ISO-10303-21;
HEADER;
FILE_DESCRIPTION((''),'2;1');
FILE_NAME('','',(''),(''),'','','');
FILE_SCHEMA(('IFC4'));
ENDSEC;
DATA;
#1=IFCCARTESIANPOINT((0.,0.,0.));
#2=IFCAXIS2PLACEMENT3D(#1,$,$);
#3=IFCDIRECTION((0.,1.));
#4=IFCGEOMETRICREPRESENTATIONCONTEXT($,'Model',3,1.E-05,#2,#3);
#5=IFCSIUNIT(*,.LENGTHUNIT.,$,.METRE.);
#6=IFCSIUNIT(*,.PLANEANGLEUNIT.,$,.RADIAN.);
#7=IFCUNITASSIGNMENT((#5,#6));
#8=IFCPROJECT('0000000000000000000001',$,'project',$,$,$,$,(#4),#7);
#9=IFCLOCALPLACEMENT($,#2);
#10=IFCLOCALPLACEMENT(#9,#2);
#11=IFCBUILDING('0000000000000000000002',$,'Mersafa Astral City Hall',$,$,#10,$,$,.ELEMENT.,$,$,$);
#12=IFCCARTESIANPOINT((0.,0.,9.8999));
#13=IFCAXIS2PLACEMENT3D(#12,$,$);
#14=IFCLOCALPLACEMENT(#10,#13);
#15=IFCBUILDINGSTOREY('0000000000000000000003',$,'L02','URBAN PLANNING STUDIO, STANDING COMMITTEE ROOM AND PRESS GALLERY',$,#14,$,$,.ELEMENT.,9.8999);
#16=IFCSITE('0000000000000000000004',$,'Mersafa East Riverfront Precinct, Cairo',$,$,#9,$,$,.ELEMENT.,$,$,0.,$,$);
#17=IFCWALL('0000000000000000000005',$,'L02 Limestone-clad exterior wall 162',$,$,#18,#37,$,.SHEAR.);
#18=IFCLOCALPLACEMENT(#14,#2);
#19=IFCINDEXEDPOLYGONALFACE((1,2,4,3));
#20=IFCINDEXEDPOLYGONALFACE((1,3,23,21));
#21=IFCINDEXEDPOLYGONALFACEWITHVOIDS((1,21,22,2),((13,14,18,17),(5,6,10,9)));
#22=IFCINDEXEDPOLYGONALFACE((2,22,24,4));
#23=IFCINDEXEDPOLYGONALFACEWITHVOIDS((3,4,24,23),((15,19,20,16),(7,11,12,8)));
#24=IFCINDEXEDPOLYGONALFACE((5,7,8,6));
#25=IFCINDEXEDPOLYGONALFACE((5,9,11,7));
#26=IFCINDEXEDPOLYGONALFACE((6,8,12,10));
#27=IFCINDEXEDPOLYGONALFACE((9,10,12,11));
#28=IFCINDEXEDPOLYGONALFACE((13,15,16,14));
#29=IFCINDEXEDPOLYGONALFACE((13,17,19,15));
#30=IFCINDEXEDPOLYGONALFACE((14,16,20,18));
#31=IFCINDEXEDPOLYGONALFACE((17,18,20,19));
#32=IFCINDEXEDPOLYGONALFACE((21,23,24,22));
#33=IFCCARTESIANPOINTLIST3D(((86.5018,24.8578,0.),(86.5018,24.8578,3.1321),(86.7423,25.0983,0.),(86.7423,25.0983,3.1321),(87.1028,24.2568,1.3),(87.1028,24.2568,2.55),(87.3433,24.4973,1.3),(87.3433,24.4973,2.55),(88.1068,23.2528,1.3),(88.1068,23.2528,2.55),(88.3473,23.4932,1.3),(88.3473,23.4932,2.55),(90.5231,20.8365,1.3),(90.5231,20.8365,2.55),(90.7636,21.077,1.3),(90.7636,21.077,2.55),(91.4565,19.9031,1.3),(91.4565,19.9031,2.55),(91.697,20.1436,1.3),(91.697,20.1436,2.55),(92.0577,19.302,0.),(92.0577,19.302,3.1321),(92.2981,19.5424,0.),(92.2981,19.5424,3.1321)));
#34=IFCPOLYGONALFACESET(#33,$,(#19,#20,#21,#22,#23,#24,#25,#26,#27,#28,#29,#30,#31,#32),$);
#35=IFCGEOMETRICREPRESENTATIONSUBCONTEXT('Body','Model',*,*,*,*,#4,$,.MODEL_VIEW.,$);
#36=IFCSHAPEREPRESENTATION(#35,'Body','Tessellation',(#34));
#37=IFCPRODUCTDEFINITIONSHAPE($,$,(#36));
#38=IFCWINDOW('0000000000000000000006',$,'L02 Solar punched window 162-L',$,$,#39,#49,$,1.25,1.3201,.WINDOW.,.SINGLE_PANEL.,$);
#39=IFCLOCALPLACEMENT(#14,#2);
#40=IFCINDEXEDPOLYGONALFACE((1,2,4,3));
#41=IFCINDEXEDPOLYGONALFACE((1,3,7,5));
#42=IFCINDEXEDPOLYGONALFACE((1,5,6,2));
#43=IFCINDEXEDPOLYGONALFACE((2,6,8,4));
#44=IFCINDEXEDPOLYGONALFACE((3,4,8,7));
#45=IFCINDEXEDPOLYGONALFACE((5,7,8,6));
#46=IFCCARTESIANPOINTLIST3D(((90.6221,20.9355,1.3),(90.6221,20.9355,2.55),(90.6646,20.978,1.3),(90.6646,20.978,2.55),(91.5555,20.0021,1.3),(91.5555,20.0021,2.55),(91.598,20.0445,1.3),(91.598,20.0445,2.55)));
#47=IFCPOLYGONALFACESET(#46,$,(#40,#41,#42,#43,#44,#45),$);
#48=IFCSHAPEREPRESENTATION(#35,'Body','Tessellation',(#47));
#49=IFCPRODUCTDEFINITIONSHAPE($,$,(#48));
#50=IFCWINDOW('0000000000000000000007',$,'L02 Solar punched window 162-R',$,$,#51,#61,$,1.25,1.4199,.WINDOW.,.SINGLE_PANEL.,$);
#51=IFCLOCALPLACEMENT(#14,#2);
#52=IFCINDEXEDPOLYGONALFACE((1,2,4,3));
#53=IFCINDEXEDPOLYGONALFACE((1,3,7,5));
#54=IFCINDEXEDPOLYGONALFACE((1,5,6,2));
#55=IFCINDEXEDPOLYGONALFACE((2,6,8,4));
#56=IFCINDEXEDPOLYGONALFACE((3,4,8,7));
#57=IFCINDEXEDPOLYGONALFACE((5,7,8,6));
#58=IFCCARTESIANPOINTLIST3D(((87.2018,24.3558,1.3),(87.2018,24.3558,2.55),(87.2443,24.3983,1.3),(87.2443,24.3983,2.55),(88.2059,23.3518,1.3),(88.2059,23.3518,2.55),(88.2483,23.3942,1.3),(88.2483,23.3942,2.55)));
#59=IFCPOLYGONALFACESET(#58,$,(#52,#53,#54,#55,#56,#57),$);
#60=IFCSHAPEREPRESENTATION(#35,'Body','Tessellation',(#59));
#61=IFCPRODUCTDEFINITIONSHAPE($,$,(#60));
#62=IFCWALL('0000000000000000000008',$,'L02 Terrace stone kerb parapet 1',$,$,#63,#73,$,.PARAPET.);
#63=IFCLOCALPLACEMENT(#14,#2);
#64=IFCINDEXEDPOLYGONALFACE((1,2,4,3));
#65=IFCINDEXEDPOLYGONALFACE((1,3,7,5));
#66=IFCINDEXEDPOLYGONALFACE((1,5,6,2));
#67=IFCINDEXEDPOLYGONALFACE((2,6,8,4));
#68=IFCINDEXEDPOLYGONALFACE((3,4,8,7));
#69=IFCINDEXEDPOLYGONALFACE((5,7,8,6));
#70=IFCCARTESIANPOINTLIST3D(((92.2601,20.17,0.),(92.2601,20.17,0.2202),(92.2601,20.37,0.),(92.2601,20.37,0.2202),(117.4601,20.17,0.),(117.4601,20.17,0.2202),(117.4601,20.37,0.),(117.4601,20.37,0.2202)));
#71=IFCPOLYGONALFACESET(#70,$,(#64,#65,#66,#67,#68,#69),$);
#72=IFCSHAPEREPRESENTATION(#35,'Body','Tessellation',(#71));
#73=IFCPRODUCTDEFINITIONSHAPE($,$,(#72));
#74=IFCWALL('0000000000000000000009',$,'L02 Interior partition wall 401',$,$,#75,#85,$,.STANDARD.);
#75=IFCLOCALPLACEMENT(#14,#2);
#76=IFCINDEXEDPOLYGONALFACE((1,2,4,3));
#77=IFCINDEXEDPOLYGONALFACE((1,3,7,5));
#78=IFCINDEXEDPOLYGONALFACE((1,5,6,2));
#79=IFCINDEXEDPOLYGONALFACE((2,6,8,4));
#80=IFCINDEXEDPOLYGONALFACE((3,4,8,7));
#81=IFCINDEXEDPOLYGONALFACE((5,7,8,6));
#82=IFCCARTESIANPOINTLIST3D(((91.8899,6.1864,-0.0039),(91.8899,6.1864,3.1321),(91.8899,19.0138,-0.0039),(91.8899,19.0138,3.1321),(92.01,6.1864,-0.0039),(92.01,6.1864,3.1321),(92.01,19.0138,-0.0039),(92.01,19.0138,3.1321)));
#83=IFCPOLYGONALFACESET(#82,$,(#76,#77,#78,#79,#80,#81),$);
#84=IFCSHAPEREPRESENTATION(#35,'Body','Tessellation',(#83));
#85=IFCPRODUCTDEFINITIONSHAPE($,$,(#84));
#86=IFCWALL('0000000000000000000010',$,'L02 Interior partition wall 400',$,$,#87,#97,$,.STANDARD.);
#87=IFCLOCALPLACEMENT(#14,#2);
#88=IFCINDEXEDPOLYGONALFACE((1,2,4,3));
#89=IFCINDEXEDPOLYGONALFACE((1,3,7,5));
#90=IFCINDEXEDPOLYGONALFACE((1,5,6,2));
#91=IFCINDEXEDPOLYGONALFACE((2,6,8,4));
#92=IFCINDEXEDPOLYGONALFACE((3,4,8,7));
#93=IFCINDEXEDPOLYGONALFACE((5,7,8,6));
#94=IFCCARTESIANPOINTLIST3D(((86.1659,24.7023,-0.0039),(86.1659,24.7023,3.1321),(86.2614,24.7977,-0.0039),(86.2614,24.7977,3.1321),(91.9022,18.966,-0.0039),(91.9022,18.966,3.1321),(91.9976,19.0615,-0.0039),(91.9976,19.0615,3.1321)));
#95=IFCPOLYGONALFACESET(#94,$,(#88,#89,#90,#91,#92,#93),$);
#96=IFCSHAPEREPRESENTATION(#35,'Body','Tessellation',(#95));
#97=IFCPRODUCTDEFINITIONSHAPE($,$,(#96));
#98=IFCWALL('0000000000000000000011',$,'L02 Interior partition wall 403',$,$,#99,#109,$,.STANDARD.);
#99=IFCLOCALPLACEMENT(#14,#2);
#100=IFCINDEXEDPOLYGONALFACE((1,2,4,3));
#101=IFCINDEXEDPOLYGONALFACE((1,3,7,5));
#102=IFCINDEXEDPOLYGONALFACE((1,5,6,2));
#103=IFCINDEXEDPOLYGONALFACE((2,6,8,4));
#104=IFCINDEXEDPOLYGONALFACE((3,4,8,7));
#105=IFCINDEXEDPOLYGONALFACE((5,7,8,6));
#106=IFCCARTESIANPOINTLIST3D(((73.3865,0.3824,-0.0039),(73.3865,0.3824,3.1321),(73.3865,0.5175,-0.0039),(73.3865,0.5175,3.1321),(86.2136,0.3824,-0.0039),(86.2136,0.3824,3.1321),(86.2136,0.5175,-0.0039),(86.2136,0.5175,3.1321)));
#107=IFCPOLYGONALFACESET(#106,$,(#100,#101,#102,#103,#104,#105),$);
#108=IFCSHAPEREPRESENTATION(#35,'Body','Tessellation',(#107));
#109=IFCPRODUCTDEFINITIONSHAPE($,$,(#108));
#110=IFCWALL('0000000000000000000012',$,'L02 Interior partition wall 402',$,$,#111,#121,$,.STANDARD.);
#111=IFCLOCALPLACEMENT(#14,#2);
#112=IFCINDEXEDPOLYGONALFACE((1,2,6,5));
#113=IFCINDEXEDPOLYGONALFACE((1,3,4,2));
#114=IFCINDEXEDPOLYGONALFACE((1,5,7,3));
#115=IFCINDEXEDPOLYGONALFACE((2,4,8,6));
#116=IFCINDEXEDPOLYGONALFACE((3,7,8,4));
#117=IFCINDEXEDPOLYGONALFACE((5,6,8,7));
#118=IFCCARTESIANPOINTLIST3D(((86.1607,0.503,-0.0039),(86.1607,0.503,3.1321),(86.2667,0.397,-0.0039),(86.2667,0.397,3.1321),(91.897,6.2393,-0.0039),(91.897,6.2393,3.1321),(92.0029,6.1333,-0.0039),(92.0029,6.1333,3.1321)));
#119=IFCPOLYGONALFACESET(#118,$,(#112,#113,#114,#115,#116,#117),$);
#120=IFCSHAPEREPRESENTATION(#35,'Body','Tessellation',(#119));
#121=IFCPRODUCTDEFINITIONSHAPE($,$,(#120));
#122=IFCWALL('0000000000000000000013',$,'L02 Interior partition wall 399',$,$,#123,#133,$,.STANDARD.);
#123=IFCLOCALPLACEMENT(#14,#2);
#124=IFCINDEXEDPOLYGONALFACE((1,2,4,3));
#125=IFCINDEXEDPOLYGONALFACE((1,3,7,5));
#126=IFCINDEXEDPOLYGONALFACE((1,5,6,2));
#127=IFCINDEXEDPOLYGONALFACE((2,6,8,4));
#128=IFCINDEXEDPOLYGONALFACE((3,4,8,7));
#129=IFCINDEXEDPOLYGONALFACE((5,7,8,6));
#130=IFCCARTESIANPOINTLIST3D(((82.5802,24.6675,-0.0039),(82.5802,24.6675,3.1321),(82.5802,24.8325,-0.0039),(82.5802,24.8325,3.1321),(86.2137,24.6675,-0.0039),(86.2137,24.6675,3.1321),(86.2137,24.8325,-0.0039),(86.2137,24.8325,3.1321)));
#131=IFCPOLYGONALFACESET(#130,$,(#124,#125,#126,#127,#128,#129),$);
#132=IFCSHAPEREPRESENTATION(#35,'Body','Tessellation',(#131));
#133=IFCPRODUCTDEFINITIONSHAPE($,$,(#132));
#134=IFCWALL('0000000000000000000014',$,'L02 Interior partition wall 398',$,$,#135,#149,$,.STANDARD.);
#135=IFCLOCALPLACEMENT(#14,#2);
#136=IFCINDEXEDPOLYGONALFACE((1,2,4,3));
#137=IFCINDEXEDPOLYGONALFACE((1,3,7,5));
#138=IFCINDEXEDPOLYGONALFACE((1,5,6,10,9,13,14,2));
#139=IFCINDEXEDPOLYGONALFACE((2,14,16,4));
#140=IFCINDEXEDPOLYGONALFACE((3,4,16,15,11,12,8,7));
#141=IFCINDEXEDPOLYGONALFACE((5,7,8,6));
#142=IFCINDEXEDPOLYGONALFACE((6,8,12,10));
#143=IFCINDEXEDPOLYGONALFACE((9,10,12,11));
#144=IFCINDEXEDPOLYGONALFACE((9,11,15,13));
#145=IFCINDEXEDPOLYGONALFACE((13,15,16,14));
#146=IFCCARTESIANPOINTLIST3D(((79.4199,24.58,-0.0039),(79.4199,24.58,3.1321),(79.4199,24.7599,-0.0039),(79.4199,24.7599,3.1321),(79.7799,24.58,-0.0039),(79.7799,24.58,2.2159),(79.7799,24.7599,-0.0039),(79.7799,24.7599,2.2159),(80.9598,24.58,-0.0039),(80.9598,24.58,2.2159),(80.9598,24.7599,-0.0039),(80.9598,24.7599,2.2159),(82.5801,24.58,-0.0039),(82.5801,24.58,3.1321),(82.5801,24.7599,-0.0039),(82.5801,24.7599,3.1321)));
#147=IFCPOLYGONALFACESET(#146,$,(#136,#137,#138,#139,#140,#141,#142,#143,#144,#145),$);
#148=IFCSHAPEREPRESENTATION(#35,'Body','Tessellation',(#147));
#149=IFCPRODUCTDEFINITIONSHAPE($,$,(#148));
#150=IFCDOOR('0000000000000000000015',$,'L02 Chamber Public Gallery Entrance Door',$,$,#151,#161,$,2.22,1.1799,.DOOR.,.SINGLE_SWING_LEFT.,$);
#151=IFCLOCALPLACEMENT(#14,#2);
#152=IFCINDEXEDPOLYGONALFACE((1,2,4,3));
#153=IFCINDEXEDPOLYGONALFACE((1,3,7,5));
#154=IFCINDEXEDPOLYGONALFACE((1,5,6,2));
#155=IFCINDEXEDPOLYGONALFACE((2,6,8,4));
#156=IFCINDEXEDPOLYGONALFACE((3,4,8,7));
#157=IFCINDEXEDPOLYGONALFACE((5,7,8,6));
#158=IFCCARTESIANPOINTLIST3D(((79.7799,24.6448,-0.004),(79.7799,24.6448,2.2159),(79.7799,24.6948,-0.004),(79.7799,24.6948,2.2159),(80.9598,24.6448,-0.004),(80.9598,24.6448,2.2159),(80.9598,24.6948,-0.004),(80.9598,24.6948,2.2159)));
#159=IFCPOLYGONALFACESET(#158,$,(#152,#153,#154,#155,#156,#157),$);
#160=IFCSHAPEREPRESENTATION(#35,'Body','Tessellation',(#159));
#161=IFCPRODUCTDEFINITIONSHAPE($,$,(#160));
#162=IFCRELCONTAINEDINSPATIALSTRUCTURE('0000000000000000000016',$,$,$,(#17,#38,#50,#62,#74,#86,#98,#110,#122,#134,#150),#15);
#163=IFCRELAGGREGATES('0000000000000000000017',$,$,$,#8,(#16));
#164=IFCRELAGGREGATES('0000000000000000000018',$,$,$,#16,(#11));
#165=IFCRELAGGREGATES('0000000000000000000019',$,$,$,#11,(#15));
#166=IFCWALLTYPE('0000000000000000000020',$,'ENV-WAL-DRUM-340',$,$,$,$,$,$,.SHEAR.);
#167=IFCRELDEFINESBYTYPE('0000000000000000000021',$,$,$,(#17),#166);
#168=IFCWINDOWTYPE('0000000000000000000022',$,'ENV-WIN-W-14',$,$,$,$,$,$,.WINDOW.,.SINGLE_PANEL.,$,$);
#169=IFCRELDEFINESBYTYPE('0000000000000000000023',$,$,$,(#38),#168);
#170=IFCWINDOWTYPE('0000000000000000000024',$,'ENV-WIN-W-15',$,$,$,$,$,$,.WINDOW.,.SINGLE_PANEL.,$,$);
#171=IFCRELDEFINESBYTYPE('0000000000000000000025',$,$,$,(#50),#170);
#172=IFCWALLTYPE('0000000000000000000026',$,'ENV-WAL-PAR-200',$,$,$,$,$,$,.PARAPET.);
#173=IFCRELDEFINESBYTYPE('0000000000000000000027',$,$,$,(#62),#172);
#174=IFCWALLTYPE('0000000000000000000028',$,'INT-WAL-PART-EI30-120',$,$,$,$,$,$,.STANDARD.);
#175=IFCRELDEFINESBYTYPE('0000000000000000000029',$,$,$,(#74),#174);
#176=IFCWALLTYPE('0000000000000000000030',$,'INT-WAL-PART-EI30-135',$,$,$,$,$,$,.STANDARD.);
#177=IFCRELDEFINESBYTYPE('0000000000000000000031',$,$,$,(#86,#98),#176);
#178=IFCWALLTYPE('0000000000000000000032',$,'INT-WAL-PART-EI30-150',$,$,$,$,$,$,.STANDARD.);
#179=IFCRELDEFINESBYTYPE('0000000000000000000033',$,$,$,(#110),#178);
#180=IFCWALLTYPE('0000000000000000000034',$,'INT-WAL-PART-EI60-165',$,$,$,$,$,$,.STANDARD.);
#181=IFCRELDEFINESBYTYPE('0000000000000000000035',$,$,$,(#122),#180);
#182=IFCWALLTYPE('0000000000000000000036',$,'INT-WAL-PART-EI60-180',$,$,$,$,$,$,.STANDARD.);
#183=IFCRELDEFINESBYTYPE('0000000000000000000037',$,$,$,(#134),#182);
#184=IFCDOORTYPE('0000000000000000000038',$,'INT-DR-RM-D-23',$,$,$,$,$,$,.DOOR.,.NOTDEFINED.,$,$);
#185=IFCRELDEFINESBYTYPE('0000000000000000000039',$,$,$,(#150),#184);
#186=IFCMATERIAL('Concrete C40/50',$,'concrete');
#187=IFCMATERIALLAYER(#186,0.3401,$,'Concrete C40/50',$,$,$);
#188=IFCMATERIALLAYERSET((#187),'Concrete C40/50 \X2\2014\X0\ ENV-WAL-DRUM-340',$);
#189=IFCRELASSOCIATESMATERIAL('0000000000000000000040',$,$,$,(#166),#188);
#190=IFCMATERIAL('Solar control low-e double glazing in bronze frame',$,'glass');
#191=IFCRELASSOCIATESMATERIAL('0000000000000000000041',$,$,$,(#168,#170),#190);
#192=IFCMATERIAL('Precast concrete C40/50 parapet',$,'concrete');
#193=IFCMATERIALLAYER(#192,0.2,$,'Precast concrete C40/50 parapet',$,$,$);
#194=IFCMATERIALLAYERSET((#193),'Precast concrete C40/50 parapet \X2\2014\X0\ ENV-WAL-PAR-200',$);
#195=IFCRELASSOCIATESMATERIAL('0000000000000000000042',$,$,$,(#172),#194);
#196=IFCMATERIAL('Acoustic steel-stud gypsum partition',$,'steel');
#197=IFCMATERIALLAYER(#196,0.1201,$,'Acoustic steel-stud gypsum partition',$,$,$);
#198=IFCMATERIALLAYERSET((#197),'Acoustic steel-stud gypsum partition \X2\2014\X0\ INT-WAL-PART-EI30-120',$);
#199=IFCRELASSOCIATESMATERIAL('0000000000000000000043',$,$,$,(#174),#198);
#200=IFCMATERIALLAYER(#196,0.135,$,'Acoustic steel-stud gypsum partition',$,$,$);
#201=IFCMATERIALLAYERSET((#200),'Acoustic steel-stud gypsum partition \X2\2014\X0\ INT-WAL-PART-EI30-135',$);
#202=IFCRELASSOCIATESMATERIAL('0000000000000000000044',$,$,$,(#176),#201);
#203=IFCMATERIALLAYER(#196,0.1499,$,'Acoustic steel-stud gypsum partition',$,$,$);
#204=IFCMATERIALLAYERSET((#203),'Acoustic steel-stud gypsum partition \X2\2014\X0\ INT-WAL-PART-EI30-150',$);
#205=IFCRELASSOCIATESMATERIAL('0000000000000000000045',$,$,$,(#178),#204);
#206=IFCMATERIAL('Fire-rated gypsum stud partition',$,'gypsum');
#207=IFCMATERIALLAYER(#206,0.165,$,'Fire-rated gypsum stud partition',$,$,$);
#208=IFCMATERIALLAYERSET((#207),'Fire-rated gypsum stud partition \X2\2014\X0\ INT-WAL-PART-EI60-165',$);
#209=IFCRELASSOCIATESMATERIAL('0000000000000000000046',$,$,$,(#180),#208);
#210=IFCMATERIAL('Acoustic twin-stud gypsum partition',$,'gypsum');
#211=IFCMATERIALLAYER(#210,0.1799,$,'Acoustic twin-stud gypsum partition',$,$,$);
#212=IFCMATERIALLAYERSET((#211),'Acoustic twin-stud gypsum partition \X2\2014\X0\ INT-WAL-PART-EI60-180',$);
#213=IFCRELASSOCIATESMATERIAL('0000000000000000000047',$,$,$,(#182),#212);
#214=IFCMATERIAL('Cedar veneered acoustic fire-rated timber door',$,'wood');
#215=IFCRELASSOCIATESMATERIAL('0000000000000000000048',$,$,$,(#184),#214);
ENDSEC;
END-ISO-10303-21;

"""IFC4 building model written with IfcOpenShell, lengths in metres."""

from ifc_helpers import new_model, si_unit, direction, frame, frame_2d, origin, place, context, subcontext, project, spatial, rectangle, extrude, material, layer, layer_set, type_object, element, fill, save


model = new_model("IFC4")

# Units and contexts
model_context = context("Model", 3, precision=1e-05, world=origin(), true_north=direction((0.0, 1.0)))
body_context = subcontext(model_context, "Body", "Model", "MODEL_VIEW")
ifc_project = project(units=[si_unit("LENGTHUNIT", "METRE"), si_unit("PLANEANGLEUNIT", "RADIAN")], contexts=[model_context])

# Site, building, storey
site_placement = place(None, origin())
site = spatial("IfcSite", under=ifc_project, at=site_placement, Name="Mersafa East Riverfront Precinct, Cairo", CompositionType="ELEMENT", RefElevation=0.0)
building_placement = place(site_placement, origin())
building = spatial("IfcBuilding", under=site, at=building_placement, Name="Mersafa Astral City Hall", CompositionType="ELEMENT")
storey_placement = place(building_placement, frame((0.0, 0.0, 9.8999)))
storey = spatial("IfcBuildingStorey", under=building, at=storey_placement, Name="L02", Description="URBAN PLANNING STUDIO, STANDING COMMITTEE ROOM AND PRESS GALLERY", CompositionType="ELEMENT", Elevation=9.8999)

# Shared definitions
ifc_material_1 = material(Name="Concrete C40/50", Category="concrete")

# Shared definitions
ifc_layer_1 = layer(ifc_material_1, 0.3401, Name="Concrete C40/50")
ifc_layer_set_1 = layer_set([ifc_layer_1], Name="Concrete C40/50 — ENV-WAL-DRUM-340")
wall_type_1 = type_object("IfcWallType", Name="ENV-WAL-DRUM-340", PredefinedType="SHEAR", material=ifc_layer_set_1)

# Wall, openings, windows
ifc_material_2 = material(Name="Solar control low-e double glazing in bronze frame", Category="glass")
wall_1_placement = place(storey_placement, frame((92.178, 19.4221, 0.0), z_axis=(0.0, 0.0, 1.0), x_axis=(-0.707107, 0.707107, 0.0)))
wall_1 = element("IfcWall", 1, at=wall_1_placement, inside=storey, type_object=wall_type_1, Name="L02 Limestone-clad exterior wall 162", PredefinedType="SHEAR", context=body_context, shape_type="SweptSolid", body=[
    extrude(rectangle(XDim=7.8572, YDim=0.3401, at=frame_2d((3.9287, 0.0))), origin(), (0.0, 0.0, 1.0), 3.1321),
])
opening_1_placement = place(wall_1_placement, frame((0.8501, 0.0, 1.3)))
opening_1 = element("IfcOpeningElement", 2, at=opening_1_placement, cuts=wall_1, PredefinedType="OPENING", context=body_context, shape_type="SweptSolid", body=[
    extrude(rectangle(XDim=1.3201, YDim=1.25, at=frame_2d((0.6602, 0.625))), frame((0.0, 0.1799, 0.0), z_axis=(0.0, -1.0, 0.0), x_axis=(1.0, 0.0, 0.0)), (0.0, 0.0, 1.0), 0.3601),
])
opening_2_placement = place(wall_1_placement, frame((5.5874, 0.0, 1.3)))
opening_2 = element("IfcOpeningElement", 3, at=opening_2_placement, cuts=wall_1, PredefinedType="OPENING", context=body_context, shape_type="SweptSolid", body=[
    extrude(rectangle(XDim=1.4199, YDim=1.25, at=frame_2d((0.71, 0.625))), frame((0.0, 0.1799, 0.0), z_axis=(0.0, -1.0, 0.0), x_axis=(1.0, 0.0, 0.0)), (0.0, 0.0, 1.0), 0.3601),
])
window_type_1 = type_object("IfcWindowType", Name="ENV-WIN-W-14", PartitioningType="SINGLE_PANEL", PredefinedType="WINDOW", material=ifc_material_2)
window_1_placement = place(opening_1_placement, origin())
window_1 = element("IfcWindow", 4, at=window_1_placement, inside=storey, type_object=window_type_1, Name="L02 Solar punched window 162-L", OverallHeight=1.25, OverallWidth=1.3201, PartitioningType="SINGLE_PANEL", PredefinedType="WINDOW", context=body_context, shape_type="SweptSolid", body=[
    extrude(rectangle(XDim=1.3201, YDim=1.25, at=frame_2d((0.6602, 0.625))), frame((0.0, 0.03, 0.0), z_axis=(0.0, -1.0, 0.0), x_axis=(1.0, 0.0, 0.0)), (0.0, 0.0, 1.0), 0.0601),
])
fill(opening_1, window_1)
window_type_2 = type_object("IfcWindowType", Name="ENV-WIN-W-15", PartitioningType="SINGLE_PANEL", PredefinedType="WINDOW", material=ifc_material_2)
window_2_placement = place(opening_2_placement, origin())
window_2 = element("IfcWindow", 5, at=window_2_placement, inside=storey, type_object=window_type_2, Name="L02 Solar punched window 162-R", OverallHeight=1.25, OverallWidth=1.4199, PartitioningType="SINGLE_PANEL", PredefinedType="WINDOW", context=body_context, shape_type="SweptSolid", body=[
    extrude(rectangle(XDim=1.4199, YDim=1.25, at=frame_2d((0.71, 0.625))), frame((0.0, 0.03, 0.0), z_axis=(0.0, -1.0, 0.0), x_axis=(1.0, 0.0, 0.0)), (0.0, 0.0, 1.0), 0.0601),
])
fill(opening_2, window_2)

# Walls
ifc_material_3 = material(Name="Precast concrete C40/50 parapet", Category="concrete")
ifc_layer_2 = layer(ifc_material_3, 0.2, Name="Precast concrete C40/50 parapet")
ifc_layer_set_2 = layer_set([ifc_layer_2], Name="Precast concrete C40/50 parapet — ENV-WAL-PAR-200")
wall_type_2 = type_object("IfcWallType", Name="ENV-WAL-PAR-200", PredefinedType="PARAPET", material=ifc_layer_set_2)
wall_2_placement = place(storey_placement, frame((92.26, 20.27, 0.0), z_axis=(0.0, 0.0, 1.0), x_axis=(1.0, 0.0, 0.0)))
element("IfcWall", 6, at=wall_2_placement, inside=storey, type_object=wall_type_2, Name="L02 Terrace stone kerb parapet 1", PredefinedType="PARAPET", context=body_context, shape_type="SweptSolid", body=[
    extrude(rectangle(XDim=25.2, YDim=0.2, at=frame_2d((12.6001, 0.0))), origin(), (0.0, 0.0, 1.0), 0.2202),
])
ifc_material_4 = material(Name="Acoustic steel-stud gypsum partition", Category="steel")
ifc_layer_3 = layer(ifc_material_4, 0.1201, Name="Acoustic steel-stud gypsum partition")
ifc_layer_set_3 = layer_set([ifc_layer_3], Name="Acoustic steel-stud gypsum partition — INT-WAL-PART-EI30-120")
wall_type_3 = type_object("IfcWallType", Name="INT-WAL-PART-EI30-120", PredefinedType="STANDARD", material=ifc_layer_set_3)
wall_3_placement = place(storey_placement, frame((91.95, 19.0137, -0.0039), z_axis=(0.0, 0.0, 1.0), x_axis=(0.0, -1.0, 0.0)))
element("IfcWall", 7, at=wall_3_placement, inside=storey, type_object=wall_type_3, Name="L02 Interior partition wall 401", PredefinedType="STANDARD", context=body_context, shape_type="SweptSolid", body=[
    extrude(rectangle(XDim=12.8274, YDim=0.1201, at=frame_2d((6.4136, 0.0))), origin(), (0.0, 0.0, 1.0), 3.136),
])
ifc_layer_4 = layer(ifc_material_4, 0.135, Name="Acoustic steel-stud gypsum partition")
ifc_layer_set_4 = layer_set([ifc_layer_4], Name="Acoustic steel-stud gypsum partition — INT-WAL-PART-EI30-135")
wall_type_4 = type_object("IfcWallType", Name="INT-WAL-PART-EI30-135", PredefinedType="STANDARD", material=ifc_layer_set_4)
wall_4_placement = place(storey_placement, frame((86.2136, 24.75, -0.0039), z_axis=(0.0, 0.0, 1.0), x_axis=(0.707107, -0.707107, 0.0)))
element("IfcWall", 8, at=wall_4_placement, inside=storey, type_object=wall_type_4, Name="L02 Interior partition wall 400", PredefinedType="STANDARD", context=body_context, shape_type="SweptSolid", body=[
    extrude(rectangle(XDim=8.1123, YDim=0.135, at=frame_2d((4.0562, 0.0))), origin(), (0.0, 0.0, 1.0), 3.136),
])
wall_5_placement = place(storey_placement, frame((86.2136, 0.45, -0.0039), z_axis=(0.0, 0.0, 1.0), x_axis=(-1.0, 0.0, 0.0)))
element("IfcWall", 9, at=wall_5_placement, inside=storey, type_object=wall_type_4, Name="L02 Interior partition wall 403", PredefinedType="STANDARD", context=body_context, shape_type="SweptSolid", body=[
    extrude(rectangle(XDim=12.8271, YDim=0.135, at=frame_2d((6.4136, 0.0))), origin(), (0.0, 0.0, 1.0), 3.136),
])
ifc_layer_5 = layer(ifc_material_4, 0.1499, Name="Acoustic steel-stud gypsum partition")
ifc_layer_set_5 = layer_set([ifc_layer_5], Name="Acoustic steel-stud gypsum partition — INT-WAL-PART-EI30-150")
wall_type_5 = type_object("IfcWallType", Name="INT-WAL-PART-EI30-150", PredefinedType="STANDARD", material=ifc_layer_set_5)
wall_6_placement = place(storey_placement, frame((91.95, 6.1863, -0.0039), z_axis=(0.0, 0.0, 1.0), x_axis=(-0.707107, -0.707107, 0.0)))
element("IfcWall", 10, at=wall_6_placement, inside=storey, type_object=wall_type_5, Name="L02 Interior partition wall 402", PredefinedType="STANDARD", context=body_context, shape_type="SweptSolid", body=[
    extrude(rectangle(XDim=8.1123, YDim=0.1499, at=frame_2d((4.0562, 0.0))), origin(), (0.0, 0.0, 1.0), 3.136),
])
ifc_material_5 = material(Name="Fire-rated gypsum stud partition", Category="gypsum")
ifc_layer_6 = layer(ifc_material_5, 0.165, Name="Fire-rated gypsum stud partition")
ifc_layer_set_6 = layer_set([ifc_layer_6], Name="Fire-rated gypsum stud partition — INT-WAL-PART-EI60-165")
wall_type_6 = type_object("IfcWallType", Name="INT-WAL-PART-EI60-165", PredefinedType="STANDARD", material=ifc_layer_set_6)
wall_7_placement = place(storey_placement, frame((82.5801, 24.75, -0.0039), z_axis=(0.0, 0.0, 1.0), x_axis=(1.0, 0.0, 0.0)))
element("IfcWall", 11, at=wall_7_placement, inside=storey, type_object=wall_type_6, Name="L02 Interior partition wall 399", PredefinedType="STANDARD", context=body_context, shape_type="SweptSolid", body=[
    extrude(rectangle(XDim=3.6335, YDim=0.165, at=frame_2d((1.8169, 0.0))), origin(), (0.0, 0.0, 1.0), 3.136),
])

# Wall, opening, door
ifc_material_6 = material(Name="Acoustic twin-stud gypsum partition", Category="gypsum")
ifc_layer_7 = layer(ifc_material_6, 0.1799, Name="Acoustic twin-stud gypsum partition")
ifc_layer_set_7 = layer_set([ifc_layer_7], Name="Acoustic twin-stud gypsum partition — INT-WAL-PART-EI60-180")
wall_type_7 = type_object("IfcWallType", Name="INT-WAL-PART-EI60-180", PredefinedType="STANDARD", material=ifc_layer_set_7)
wall_8_placement = place(storey_placement, frame((79.4199, 24.6699, -0.0039), z_axis=(0.0, 0.0, 1.0), x_axis=(1.0, 0.0, 0.0)))
wall_8 = element("IfcWall", 12, at=wall_8_placement, inside=storey, type_object=wall_type_7, Name="L02 Interior partition wall 398", PredefinedType="STANDARD", context=body_context, shape_type="SweptSolid", body=[
    extrude(rectangle(XDim=3.1602, YDim=0.1799, at=frame_2d((1.5801, 0.0))), origin(), (0.0, 0.0, 1.0), 3.136),
])
opening_3_placement = place(wall_8_placement, frame((0.3601, 0.0, 0.0)))
opening_3 = element("IfcOpeningElement", 13, at=opening_3_placement, cuts=wall_8, PredefinedType="OPENING", context=body_context, shape_type="SweptSolid", body=[
    extrude(rectangle(XDim=1.1799, YDim=2.22, at=frame_2d((0.5898, 1.1099))), frame((0.0, 0.0999, 0.0), z_axis=(0.0, -1.0, 0.0), x_axis=(1.0, 0.0, 0.0)), (0.0, 0.0, 1.0), 0.2),
])
ifc_material_7 = material(Name="Cedar veneered acoustic fire-rated timber door", Category="wood")
door_type = type_object("IfcDoorType", Name="INT-DR-RM-D-23", OperationType="NOTDEFINED", PredefinedType="DOOR", material=ifc_material_7)
door_placement = place(opening_3_placement, origin())
door = element("IfcDoor", 14, at=door_placement, inside=storey, type_object=door_type, Name="L02 Chamber Public Gallery Entrance Door", OperationType="SINGLE_SWING_LEFT", OverallHeight=2.22, OverallWidth=1.1799, PredefinedType="DOOR", context=body_context, shape_type="SweptSolid", body=[
    extrude(rectangle(XDim=1.1799, YDim=2.22, at=frame_2d((0.5898, 1.1099))), frame((0.0, 0.0249, 0.0), z_axis=(0.0, -1.0, 0.0), x_axis=(1.0, 0.0, 0.0)), (0.0, 0.0, 1.0), 0.05),
])
fill(opening_3, door)

save(model, "model.ifc")
